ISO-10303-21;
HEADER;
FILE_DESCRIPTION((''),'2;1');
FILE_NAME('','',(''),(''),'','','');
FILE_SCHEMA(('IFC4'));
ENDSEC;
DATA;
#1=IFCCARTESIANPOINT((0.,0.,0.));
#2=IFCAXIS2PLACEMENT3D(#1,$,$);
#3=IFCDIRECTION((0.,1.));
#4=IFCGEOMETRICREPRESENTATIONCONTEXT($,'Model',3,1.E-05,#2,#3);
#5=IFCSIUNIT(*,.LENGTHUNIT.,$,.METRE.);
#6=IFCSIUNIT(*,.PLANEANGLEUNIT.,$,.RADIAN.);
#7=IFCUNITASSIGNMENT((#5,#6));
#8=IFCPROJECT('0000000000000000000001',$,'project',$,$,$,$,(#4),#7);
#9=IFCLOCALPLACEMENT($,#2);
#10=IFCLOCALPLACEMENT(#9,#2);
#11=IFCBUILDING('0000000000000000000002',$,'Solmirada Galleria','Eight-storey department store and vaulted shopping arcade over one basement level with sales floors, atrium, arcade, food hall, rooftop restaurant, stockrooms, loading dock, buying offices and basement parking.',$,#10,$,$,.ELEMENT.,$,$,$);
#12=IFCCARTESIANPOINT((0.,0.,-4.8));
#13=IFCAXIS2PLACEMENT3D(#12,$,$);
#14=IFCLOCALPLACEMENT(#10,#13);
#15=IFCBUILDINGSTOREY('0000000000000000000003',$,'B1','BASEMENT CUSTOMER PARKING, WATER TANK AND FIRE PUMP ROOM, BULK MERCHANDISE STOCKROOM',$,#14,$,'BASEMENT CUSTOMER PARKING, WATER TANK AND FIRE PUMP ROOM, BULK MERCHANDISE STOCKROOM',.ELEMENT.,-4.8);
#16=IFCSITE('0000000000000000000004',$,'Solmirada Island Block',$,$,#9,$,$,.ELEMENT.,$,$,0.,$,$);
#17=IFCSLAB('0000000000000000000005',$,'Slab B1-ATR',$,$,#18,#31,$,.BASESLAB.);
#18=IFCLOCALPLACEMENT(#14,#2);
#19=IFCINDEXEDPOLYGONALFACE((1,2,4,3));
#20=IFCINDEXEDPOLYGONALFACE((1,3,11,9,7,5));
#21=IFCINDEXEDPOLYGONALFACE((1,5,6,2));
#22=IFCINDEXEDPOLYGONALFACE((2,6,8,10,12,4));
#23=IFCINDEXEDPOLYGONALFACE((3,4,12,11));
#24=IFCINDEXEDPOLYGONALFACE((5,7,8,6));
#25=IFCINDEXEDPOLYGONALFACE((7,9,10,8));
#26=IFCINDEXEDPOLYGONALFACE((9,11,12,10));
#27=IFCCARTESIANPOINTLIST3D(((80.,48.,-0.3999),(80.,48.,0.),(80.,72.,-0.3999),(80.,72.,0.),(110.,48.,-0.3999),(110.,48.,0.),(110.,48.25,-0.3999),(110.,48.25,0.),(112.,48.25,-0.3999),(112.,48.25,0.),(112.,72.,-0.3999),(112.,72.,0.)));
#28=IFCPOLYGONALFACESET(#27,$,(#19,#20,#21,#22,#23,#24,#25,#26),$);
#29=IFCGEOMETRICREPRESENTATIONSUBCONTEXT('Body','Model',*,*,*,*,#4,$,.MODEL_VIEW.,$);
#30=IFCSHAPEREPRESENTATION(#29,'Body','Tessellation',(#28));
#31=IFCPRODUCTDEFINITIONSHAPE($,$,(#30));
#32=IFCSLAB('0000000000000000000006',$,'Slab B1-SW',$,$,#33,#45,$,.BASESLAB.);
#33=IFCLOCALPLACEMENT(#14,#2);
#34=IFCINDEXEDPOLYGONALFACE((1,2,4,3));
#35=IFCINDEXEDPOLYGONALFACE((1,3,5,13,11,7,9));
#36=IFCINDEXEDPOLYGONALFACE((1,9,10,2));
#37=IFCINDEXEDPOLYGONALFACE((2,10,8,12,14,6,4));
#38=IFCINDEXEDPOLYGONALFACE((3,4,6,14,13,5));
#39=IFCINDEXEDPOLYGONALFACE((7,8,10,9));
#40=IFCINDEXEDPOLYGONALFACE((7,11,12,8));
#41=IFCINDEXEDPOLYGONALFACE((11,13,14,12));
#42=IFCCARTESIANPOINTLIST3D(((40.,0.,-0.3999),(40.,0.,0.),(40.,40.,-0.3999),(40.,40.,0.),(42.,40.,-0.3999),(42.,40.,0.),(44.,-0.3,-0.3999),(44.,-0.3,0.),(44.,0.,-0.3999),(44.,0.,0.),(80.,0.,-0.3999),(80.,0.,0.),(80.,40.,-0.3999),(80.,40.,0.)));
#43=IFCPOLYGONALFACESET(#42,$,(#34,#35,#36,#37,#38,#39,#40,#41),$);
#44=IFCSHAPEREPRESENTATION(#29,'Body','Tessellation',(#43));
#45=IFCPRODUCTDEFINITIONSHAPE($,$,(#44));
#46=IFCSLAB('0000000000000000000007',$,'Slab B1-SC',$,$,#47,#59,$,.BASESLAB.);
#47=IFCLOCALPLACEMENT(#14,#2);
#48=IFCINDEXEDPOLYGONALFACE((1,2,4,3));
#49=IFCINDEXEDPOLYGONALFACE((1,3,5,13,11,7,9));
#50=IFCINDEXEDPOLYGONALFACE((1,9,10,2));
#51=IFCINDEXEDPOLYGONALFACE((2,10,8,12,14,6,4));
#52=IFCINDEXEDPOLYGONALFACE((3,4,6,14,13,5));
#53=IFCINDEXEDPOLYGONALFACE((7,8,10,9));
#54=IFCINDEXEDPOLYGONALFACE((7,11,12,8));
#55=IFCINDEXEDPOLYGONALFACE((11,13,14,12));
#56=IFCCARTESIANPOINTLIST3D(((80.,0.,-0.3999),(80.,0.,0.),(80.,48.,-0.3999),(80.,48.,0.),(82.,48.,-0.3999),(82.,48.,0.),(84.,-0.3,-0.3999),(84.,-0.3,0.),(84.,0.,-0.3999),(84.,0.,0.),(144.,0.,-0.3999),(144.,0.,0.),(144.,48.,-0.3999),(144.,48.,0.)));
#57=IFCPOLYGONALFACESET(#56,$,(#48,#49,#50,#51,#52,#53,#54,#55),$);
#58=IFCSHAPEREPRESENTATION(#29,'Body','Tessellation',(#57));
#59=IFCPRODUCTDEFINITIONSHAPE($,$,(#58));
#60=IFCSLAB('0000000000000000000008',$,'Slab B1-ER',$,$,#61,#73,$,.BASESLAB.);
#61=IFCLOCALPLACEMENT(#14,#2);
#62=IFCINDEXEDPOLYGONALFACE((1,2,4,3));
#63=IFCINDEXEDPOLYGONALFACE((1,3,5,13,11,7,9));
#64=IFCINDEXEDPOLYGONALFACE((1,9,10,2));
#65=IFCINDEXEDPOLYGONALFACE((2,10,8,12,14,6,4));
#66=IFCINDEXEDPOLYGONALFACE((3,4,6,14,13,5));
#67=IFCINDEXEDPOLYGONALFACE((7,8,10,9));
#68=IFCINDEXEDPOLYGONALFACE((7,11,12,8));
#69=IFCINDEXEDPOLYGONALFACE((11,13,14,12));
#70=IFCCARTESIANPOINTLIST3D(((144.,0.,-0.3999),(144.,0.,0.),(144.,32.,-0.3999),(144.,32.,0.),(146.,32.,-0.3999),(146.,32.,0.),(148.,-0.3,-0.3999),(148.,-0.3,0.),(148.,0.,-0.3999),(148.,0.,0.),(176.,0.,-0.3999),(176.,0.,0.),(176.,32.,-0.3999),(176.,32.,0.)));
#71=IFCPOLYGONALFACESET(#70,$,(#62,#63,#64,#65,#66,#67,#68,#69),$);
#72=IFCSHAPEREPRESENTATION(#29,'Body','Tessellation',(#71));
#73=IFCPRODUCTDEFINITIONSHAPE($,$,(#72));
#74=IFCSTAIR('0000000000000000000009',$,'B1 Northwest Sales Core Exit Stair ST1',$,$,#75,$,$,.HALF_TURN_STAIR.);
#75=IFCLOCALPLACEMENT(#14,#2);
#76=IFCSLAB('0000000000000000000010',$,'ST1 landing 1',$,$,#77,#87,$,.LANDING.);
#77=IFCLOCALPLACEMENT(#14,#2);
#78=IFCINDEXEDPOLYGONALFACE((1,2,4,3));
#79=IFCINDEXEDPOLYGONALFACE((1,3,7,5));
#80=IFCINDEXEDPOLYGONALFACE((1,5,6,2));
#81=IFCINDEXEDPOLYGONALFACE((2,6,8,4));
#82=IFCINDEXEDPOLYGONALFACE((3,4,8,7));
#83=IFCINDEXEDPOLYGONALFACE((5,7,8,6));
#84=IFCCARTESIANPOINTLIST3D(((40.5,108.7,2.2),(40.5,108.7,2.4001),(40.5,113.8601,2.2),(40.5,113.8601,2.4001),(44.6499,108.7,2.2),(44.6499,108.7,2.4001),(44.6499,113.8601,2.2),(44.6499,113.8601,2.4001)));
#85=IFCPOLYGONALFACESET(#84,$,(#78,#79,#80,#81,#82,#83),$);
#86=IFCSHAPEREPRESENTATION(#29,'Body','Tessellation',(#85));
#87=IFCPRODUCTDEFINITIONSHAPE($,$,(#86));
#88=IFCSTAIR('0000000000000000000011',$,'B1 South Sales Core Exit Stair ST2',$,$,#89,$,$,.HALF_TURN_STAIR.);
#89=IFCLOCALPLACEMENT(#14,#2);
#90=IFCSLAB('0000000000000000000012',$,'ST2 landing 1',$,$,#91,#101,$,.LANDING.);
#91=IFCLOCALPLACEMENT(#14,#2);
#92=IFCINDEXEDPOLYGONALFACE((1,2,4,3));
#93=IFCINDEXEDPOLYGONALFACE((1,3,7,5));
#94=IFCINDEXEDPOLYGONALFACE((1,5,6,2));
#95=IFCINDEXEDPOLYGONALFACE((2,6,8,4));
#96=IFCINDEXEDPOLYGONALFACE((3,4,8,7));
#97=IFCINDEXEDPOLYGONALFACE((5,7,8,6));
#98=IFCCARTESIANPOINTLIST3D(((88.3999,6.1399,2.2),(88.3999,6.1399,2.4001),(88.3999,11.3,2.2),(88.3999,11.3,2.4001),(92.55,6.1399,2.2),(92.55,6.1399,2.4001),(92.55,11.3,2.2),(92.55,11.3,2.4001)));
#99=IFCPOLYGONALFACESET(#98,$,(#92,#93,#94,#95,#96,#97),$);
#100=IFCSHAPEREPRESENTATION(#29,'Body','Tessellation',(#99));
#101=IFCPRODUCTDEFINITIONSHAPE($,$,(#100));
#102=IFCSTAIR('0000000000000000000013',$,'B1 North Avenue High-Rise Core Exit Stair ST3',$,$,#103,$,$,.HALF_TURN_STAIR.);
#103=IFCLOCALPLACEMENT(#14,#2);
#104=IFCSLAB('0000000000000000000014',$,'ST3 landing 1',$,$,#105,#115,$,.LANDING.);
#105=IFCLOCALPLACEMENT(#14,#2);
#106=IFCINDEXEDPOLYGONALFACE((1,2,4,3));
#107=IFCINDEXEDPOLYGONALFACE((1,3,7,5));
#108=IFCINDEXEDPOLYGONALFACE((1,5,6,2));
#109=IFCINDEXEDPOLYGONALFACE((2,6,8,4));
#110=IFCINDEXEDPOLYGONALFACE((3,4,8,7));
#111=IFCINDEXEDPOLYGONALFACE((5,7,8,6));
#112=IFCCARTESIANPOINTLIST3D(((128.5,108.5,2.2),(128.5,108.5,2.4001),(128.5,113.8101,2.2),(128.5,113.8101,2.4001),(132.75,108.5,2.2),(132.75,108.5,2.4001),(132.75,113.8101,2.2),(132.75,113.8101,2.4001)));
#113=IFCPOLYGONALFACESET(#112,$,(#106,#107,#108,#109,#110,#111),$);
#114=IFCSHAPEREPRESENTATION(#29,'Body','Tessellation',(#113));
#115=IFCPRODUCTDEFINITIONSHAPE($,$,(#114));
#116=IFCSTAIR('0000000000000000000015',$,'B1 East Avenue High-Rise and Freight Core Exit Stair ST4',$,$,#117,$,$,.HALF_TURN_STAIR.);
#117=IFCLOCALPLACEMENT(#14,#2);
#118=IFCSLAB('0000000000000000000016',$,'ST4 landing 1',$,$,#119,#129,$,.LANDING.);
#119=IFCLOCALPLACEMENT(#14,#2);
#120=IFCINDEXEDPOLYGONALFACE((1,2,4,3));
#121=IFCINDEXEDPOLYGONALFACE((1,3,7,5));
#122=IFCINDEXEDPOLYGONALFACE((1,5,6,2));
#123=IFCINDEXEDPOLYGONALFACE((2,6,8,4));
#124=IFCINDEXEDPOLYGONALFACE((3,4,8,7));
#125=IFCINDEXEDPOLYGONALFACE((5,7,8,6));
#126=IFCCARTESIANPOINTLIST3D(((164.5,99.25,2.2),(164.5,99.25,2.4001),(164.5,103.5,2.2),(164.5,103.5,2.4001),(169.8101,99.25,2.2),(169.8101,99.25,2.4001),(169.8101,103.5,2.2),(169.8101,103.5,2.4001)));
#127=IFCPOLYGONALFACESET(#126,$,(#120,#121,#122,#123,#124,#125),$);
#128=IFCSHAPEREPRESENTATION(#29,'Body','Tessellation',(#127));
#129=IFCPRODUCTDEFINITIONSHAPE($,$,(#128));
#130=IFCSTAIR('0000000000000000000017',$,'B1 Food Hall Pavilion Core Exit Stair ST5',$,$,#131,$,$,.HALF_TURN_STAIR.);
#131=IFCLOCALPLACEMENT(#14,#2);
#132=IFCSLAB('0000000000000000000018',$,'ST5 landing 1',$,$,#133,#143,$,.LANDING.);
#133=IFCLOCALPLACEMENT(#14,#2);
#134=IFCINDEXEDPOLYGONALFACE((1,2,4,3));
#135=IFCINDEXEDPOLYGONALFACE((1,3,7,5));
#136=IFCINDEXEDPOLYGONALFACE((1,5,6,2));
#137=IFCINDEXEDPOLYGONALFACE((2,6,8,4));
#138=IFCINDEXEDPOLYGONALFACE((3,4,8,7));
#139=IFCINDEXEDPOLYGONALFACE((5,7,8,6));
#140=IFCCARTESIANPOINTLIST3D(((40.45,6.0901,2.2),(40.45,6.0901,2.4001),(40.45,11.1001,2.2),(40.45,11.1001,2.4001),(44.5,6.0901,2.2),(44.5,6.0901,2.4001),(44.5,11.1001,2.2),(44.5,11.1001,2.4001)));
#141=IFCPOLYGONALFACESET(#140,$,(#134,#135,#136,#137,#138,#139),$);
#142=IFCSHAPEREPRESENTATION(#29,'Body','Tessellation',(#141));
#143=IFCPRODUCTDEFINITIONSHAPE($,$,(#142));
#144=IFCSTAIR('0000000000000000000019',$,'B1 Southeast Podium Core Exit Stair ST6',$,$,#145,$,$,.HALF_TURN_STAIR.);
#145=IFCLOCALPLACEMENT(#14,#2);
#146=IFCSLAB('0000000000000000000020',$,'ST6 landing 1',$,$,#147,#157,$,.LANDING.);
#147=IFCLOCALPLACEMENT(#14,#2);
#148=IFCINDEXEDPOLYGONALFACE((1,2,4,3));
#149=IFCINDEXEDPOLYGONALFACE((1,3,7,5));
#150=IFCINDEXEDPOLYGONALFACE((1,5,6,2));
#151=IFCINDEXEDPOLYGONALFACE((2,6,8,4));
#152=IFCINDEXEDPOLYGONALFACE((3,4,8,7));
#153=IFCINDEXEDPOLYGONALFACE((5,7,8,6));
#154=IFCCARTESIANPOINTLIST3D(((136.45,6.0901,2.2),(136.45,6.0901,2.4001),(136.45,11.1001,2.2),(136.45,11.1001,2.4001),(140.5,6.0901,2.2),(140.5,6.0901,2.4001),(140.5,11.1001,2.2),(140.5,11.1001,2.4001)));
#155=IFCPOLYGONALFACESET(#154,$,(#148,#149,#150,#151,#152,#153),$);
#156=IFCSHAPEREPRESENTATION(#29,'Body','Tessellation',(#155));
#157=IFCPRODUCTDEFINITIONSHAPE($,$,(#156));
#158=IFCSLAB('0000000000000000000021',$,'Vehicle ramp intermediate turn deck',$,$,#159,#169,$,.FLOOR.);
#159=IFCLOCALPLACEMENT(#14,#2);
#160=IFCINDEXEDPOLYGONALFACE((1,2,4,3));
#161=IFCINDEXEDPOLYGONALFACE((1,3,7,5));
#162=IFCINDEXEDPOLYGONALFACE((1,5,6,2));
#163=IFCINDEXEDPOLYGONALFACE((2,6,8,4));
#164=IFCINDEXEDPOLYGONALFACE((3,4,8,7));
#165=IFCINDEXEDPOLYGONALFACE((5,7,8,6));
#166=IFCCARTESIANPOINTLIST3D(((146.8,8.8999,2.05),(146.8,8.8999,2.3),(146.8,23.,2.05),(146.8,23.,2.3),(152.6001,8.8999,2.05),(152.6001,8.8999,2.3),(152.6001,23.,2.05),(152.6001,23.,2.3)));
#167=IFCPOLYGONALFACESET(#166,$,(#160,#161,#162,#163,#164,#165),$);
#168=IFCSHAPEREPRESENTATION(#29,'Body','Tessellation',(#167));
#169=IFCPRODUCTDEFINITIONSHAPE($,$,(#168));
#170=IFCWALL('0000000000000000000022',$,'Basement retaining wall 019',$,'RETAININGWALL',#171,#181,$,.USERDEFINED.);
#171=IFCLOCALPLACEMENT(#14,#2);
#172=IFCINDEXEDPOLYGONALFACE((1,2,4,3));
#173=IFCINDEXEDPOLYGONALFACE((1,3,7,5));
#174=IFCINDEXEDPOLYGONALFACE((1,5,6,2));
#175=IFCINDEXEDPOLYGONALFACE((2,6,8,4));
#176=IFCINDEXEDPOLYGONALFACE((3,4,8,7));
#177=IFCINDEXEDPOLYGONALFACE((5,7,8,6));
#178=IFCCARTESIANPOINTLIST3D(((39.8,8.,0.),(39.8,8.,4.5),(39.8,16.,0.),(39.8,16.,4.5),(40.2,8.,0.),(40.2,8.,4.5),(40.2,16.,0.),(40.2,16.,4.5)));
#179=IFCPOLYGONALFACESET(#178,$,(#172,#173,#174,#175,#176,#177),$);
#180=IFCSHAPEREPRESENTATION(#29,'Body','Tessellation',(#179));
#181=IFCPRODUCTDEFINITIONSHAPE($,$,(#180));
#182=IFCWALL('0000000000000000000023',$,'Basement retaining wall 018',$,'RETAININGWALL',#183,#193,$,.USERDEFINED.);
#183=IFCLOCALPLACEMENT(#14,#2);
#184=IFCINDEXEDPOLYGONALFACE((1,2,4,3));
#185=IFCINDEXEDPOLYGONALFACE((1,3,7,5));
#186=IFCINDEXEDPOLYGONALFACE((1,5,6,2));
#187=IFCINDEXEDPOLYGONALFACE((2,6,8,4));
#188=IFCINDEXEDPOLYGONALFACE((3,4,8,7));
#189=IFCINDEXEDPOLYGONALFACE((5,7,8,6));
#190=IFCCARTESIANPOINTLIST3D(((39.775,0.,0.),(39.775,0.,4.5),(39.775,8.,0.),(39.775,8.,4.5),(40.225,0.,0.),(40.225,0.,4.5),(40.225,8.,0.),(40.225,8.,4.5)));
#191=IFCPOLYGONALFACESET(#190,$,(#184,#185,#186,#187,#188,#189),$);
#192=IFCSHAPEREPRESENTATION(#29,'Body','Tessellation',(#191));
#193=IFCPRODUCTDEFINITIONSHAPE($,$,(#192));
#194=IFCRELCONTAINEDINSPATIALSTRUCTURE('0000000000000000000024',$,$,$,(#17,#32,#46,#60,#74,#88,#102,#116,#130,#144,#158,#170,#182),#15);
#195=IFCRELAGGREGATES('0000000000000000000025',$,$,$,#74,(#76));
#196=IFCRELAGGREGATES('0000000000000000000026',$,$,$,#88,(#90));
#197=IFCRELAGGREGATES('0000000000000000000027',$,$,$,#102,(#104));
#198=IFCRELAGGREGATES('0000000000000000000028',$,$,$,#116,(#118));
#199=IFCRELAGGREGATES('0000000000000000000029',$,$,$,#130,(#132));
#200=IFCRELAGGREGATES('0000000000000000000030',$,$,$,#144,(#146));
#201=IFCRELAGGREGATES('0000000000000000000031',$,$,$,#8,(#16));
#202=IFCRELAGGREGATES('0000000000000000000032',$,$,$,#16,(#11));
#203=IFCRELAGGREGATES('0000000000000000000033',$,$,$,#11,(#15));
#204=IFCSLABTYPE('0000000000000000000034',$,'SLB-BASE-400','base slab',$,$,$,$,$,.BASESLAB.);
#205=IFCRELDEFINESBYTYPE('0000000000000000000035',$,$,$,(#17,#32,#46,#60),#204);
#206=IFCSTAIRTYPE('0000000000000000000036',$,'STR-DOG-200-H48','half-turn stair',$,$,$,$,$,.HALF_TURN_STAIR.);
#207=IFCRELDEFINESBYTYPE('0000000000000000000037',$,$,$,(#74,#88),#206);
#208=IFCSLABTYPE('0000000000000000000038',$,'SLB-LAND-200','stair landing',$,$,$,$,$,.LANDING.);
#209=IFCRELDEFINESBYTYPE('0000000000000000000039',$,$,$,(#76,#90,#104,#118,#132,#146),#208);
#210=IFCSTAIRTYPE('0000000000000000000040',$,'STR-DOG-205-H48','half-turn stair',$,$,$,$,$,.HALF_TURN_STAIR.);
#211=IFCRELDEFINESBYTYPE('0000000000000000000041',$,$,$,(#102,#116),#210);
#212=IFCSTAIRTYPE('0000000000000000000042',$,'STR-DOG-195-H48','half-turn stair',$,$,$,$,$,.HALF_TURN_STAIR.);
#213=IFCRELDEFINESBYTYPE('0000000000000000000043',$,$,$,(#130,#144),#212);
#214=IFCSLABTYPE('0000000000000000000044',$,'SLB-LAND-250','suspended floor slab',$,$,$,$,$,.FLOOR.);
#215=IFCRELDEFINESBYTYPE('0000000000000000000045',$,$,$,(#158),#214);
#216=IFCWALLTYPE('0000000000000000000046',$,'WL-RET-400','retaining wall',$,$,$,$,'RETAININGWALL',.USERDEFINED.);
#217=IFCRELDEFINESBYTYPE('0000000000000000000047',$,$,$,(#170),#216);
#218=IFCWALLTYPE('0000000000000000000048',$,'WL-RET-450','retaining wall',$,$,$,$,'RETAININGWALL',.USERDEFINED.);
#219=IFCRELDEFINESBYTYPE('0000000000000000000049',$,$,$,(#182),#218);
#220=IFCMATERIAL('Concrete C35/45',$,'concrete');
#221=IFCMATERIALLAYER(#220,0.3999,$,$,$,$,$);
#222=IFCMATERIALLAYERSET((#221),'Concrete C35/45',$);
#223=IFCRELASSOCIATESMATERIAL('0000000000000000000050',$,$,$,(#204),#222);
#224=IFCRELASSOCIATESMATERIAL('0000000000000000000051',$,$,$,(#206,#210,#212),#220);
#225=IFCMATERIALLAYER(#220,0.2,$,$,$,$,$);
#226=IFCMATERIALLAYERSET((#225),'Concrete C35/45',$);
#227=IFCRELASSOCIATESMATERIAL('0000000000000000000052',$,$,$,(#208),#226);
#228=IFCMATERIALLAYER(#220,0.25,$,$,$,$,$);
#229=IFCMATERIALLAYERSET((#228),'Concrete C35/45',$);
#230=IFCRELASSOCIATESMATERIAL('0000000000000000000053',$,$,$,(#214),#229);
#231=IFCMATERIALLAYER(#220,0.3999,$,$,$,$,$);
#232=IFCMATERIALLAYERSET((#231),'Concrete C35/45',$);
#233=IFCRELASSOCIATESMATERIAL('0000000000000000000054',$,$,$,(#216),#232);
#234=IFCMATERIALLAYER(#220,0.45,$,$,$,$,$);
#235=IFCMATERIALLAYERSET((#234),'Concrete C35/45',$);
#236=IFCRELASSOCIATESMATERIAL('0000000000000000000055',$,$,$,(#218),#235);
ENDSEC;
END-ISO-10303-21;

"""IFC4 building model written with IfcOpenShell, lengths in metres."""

from ifc_helpers import new_model, si_unit, direction, frame, frame_2d, origin, place, context, subcontext, project, spatial, polyline, rectangle, outline, extrude, material, layer, layer_set, type_object, element, aggregate, save


model = new_model("IFC4")

# Units and contexts
model_context = context("Model", 3, precision=1e-05, world=origin(), true_north=direction((0.0, 1.0)))
body_context = subcontext(model_context, "Body", "Model", "MODEL_VIEW")
ifc_project = project(units=[si_unit("LENGTHUNIT", "METRE"), si_unit("PLANEANGLEUNIT", "RADIAN")], contexts=[model_context])

# Site, building, storey
site_placement = place(None, origin())
site = spatial("IfcSite", under=ifc_project, at=site_placement, Name="Solmirada Island Block", CompositionType="ELEMENT", RefElevation=0.0)
building_placement = place(site_placement, origin())
building = spatial("IfcBuilding", under=site, at=building_placement, Name="Solmirada Galleria", Description="Eight-storey department store and vaulted shopping arcade over one basement level with sales floors, atrium, arcade, food hall, rooftop restaurant, stockrooms, loading dock, buying offices and basement parking.", CompositionType="ELEMENT")
storey_placement = place(building_placement, frame((0.0, 0.0, -4.8)))
storey = spatial("IfcBuildingStorey", under=building, at=storey_placement, Name="B1", Description="BASEMENT CUSTOMER PARKING, WATER TANK AND FIRE PUMP ROOM, BULK MERCHANDISE STOCKROOM", LongName="BASEMENT CUSTOMER PARKING, WATER TANK AND FIRE PUMP ROOM, BULK MERCHANDISE STOCKROOM", CompositionType="ELEMENT", Elevation=-4.8)

# Slabs
ifc_material_1 = material(Name="Concrete C35/45", Category="concrete")
ifc_layer_1 = layer(ifc_material_1, 0.3999)
ifc_layer_set_1 = layer_set([ifc_layer_1], Name="Concrete C35/45")
slab_type_1 = type_object("IfcSlabType", Name="SLB-BASE-400", Description="base slab", PredefinedType="BASESLAB", material=ifc_layer_set_1)
slab_1_placement = place(storey_placement, frame((0.0, 0.0, -0.3999)))
element("IfcSlab", 1, at=slab_1_placement, inside=storey, type_object=slab_type_1, Name="Slab B1-ATR", PredefinedType="BASESLAB", context=body_context, shape_type="SweptSolid", body=[
    extrude(outline(polyline([(80.0, 48.0), (110.0, 48.0), (110.0, 48.25), (112.0, 48.25), (112.0, 72.0), (80.0, 72.0), (80.0, 48.0)])), origin(), (0.0, 0.0, 1.0), 0.3999),
])
slab_2_placement = place(storey_placement, frame((0.0, 0.0, -0.3999)))
element("IfcSlab", 2, at=slab_2_placement, inside=storey, type_object=slab_type_1, Name="Slab B1-SW", PredefinedType="BASESLAB", context=body_context, shape_type="SweptSolid", body=[
    extrude(outline(polyline([(40.0, 0.0), (44.0, 0.0), (44.0, -0.3), (80.0, 0.0), (80.0, 40.0), (42.0, 40.0), (42.0, 40.0), (40.0, 40.0), (40.0, 0.0)])), origin(), (0.0, 0.0, 1.0), 0.3999),
])
slab_3_placement = place(storey_placement, frame((0.0, 0.0, -0.3999)))
element("IfcSlab", 3, at=slab_3_placement, inside=storey, type_object=slab_type_1, Name="Slab B1-SC", PredefinedType="BASESLAB", context=body_context, shape_type="SweptSolid", body=[
    extrude(outline(polyline([(80.0, 0.0), (84.0, 0.0), (84.0, -0.3), (144.0, 0.0), (144.0, 48.0), (82.0, 48.0), (82.0, 48.0), (80.0, 48.0), (80.0, 0.0)])), origin(), (0.0, 0.0, 1.0), 0.3999),
])
slab_4_placement = place(storey_placement, frame((0.0, 0.0, -0.3999)))
element("IfcSlab", 4, at=slab_4_placement, inside=storey, type_object=slab_type_1, Name="Slab B1-ER", PredefinedType="BASESLAB", context=body_context, shape_type="SweptSolid", body=[
    extrude(outline(polyline([(144.0, 0.0), (148.0, 0.0), (148.0, -0.3), (176.0, 0.0), (176.0, 32.0), (146.0, 32.0), (146.0, 32.0), (144.0, 32.0), (144.0, 0.0)])), origin(), (0.0, 0.0, 1.0), 0.3999),
])

# Stairs, slabs
stair_type_1 = type_object("IfcStairType", Name="STR-DOG-200-H48", Description="half-turn stair", PredefinedType="HALF_TURN_STAIR", material=ifc_material_1)
stair_1_placement = place(storey_placement, origin())
stair_1 = element("IfcStair", 5, at=stair_1_placement, inside=storey, type_object=stair_type_1, Name="B1 Northwest Sales Core Exit Stair ST1", PredefinedType="HALF_TURN_STAIR")
ifc_layer_2 = layer(ifc_material_1, 0.2)
ifc_layer_set_2 = layer_set([ifc_layer_2], Name="Concrete C35/45")
slab_type_2 = type_object("IfcSlabType", Name="SLB-LAND-200", Description="stair landing", PredefinedType="LANDING", material=ifc_layer_set_2)
slab_5_placement = place(storey_placement, frame((0.0, 0.0, 2.2)))
slab_5 = element("IfcSlab", 6, at=slab_5_placement, type_object=slab_type_2, Name="ST1 landing 1", PredefinedType="LANDING", context=body_context, shape_type="SweptSolid", body=[
    extrude(outline(polyline([(40.5, 113.8601), (40.5, 108.7), (44.6499, 108.7), (44.6499, 113.8601), (40.5, 113.8601)])), origin(), (0.0, 0.0, 1.0), 0.2002),
])
aggregate(stair_1, [slab_5])
stair_2_placement = place(storey_placement, origin())
stair_2 = element("IfcStair", 7, at=stair_2_placement, inside=storey, type_object=stair_type_1, Name="B1 South Sales Core Exit Stair ST2", PredefinedType="HALF_TURN_STAIR")
slab_6_placement = place(storey_placement, frame((0.0, 0.0, 2.2)))
slab_6 = element("IfcSlab", 8, at=slab_6_placement, type_object=slab_type_2, Name="ST2 landing 1", PredefinedType="LANDING", context=body_context, shape_type="SweptSolid", body=[
    extrude(outline(polyline([(92.55, 6.1399), (92.55, 11.3), (88.3999, 11.3), (88.3999, 6.1399), (92.55, 6.1399)])), origin(), (0.0, 0.0, 1.0), 0.2002),
])
aggregate(stair_2, [slab_6])
stair_type_2 = type_object("IfcStairType", Name="STR-DOG-205-H48", Description="half-turn stair", PredefinedType="HALF_TURN_STAIR", material=ifc_material_1)
stair_3_placement = place(storey_placement, origin())
stair_3 = element("IfcStair", 9, at=stair_3_placement, inside=storey, type_object=stair_type_2, Name="B1 North Avenue High-Rise Core Exit Stair ST3", PredefinedType="HALF_TURN_STAIR")
slab_7_placement = place(storey_placement, frame((0.0, 0.0, 2.2)))
slab_7 = element("IfcSlab", 10, at=slab_7_placement, type_object=slab_type_2, Name="ST3 landing 1", PredefinedType="LANDING", context=body_context, shape_type="SweptSolid", body=[
    extrude(outline(polyline([(128.5, 113.8101), (128.5, 108.5), (132.75, 108.5), (132.75, 113.8101), (128.5, 113.8101)])), origin(), (0.0, 0.0, 1.0), 0.2002),
])
aggregate(stair_3, [slab_7])
stair_4_placement = place(storey_placement, origin())
stair_4 = element("IfcStair", 11, at=stair_4_placement, inside=storey, type_object=stair_type_2, Name="B1 East Avenue High-Rise and Freight Core Exit Stair ST4", PredefinedType="HALF_TURN_STAIR")
slab_8_placement = place(storey_placement, frame((0.0, 0.0, 2.2)))
slab_8 = element("IfcSlab", 12, at=slab_8_placement, type_object=slab_type_2, Name="ST4 landing 1", PredefinedType="LANDING", context=body_context, shape_type="SweptSolid", body=[
    extrude(outline(polyline([(169.8101, 103.5), (164.5, 103.5), (164.5, 99.25), (169.8101, 99.25), (169.8101, 103.5)])), origin(), (0.0, 0.0, 1.0), 0.2002),
])
aggregate(stair_4, [slab_8])
stair_type_3 = type_object("IfcStairType", Name="STR-DOG-195-H48", Description="half-turn stair", PredefinedType="HALF_TURN_STAIR", material=ifc_material_1)
stair_5_placement = place(storey_placement, origin())
stair_5 = element("IfcStair", 13, at=stair_5_placement, inside=storey, type_object=stair_type_3, Name="B1 Food Hall Pavilion Core Exit Stair ST5", PredefinedType="HALF_TURN_STAIR")
slab_9_placement = place(storey_placement, frame((0.0, 0.0, 2.2)))
slab_9 = element("IfcSlab", 14, at=slab_9_placement, type_object=slab_type_2, Name="ST5 landing 1", PredefinedType="LANDING", context=body_context, shape_type="SweptSolid", body=[
    extrude(outline(polyline([(44.5, 6.0901), (44.5, 11.1001), (40.45, 11.1001), (40.45, 6.0901), (44.5, 6.0901)])), origin(), (0.0, 0.0, 1.0), 0.2002),
])
aggregate(stair_5, [slab_9])
stair_6_placement = place(storey_placement, origin())
stair_6 = element("IfcStair", 15, at=stair_6_placement, inside=storey, type_object=stair_type_3, Name="B1 Southeast Podium Core Exit Stair ST6", PredefinedType="HALF_TURN_STAIR")
slab_10_placement = place(storey_placement, frame((0.0, 0.0, 2.2)))
slab_10 = element("IfcSlab", 16, at=slab_10_placement, type_object=slab_type_2, Name="ST6 landing 1", PredefinedType="LANDING", context=body_context, shape_type="SweptSolid", body=[
    extrude(outline(polyline([(140.5, 6.0901), (140.5, 11.1001), (136.45, 11.1001), (136.45, 6.0901), (140.5, 6.0901)])), origin(), (0.0, 0.0, 1.0), 0.2002),
])
aggregate(stair_6, [slab_10])

# Slab
ifc_layer_3 = layer(ifc_material_1, 0.25)
ifc_layer_set_3 = layer_set([ifc_layer_3], Name="Concrete C35/45")
slab_type_3 = type_object("IfcSlabType", Name="SLB-LAND-250", Description="suspended floor slab", PredefinedType="FLOOR", material=ifc_layer_set_3)
slab_11_placement = place(storey_placement, frame((0.0, 0.0, 2.05)))
element("IfcSlab", 17, at=slab_11_placement, inside=storey, type_object=slab_type_3, Name="Vehicle ramp intermediate turn deck", PredefinedType="FLOOR", context=body_context, shape_type="SweptSolid", body=[
    extrude(outline(polyline([(146.8, 8.8999), (152.6001, 8.8999), (152.6001, 23.0), (146.8, 23.0), (146.8, 8.8999)])), origin(), (0.0, 0.0, 1.0), 0.25),
])

# Walls
ifc_layer_4 = layer(ifc_material_1, 0.3999)
ifc_layer_set_4 = layer_set([ifc_layer_4], Name="Concrete C35/45")
wall_type_1 = type_object("IfcWallType", Name="WL-RET-400", Description="retaining wall", ElementType="RETAININGWALL", PredefinedType="USERDEFINED", material=ifc_layer_set_4)
wall_1_placement = place(storey_placement, frame((40.0, 8.0, 0.0), z_axis=(0.0, 0.0, 1.0), x_axis=(0.0, 1.0, 0.0)))
element("IfcWall", 18, at=wall_1_placement, inside=storey, type_object=wall_type_1, Name="Basement retaining wall 019", ObjectType="RETAININGWALL", PredefinedType="USERDEFINED", context=body_context, shape_type="SweptSolid", body=[
    extrude(rectangle(XDim=8.0, YDim=0.3999, at=frame_2d((4.0, 0.0))), origin(), (0.0, 0.0, 1.0), 4.5),
])
ifc_layer_5 = layer(ifc_material_1, 0.45)
ifc_layer_set_5 = layer_set([ifc_layer_5], Name="Concrete C35/45")
wall_type_2 = type_object("IfcWallType", Name="WL-RET-450", Description="retaining wall", ElementType="RETAININGWALL", PredefinedType="USERDEFINED", material=ifc_layer_set_5)
wall_2_placement = place(storey_placement, frame((40.0, 0.0, 0.0), z_axis=(0.0, 0.0, 1.0), x_axis=(0.0, 1.0, 0.0)))
element("IfcWall", 19, at=wall_2_placement, inside=storey, type_object=wall_type_2, Name="Basement retaining wall 018", ObjectType="RETAININGWALL", PredefinedType="USERDEFINED", context=body_context, shape_type="SweptSolid", body=[
    extrude(rectangle(XDim=8.0, YDim=0.45, at=frame_2d((4.0, 0.0))), origin(), (0.0, 0.0, 1.0), 4.5),
])

save(model, "model.ifc")
